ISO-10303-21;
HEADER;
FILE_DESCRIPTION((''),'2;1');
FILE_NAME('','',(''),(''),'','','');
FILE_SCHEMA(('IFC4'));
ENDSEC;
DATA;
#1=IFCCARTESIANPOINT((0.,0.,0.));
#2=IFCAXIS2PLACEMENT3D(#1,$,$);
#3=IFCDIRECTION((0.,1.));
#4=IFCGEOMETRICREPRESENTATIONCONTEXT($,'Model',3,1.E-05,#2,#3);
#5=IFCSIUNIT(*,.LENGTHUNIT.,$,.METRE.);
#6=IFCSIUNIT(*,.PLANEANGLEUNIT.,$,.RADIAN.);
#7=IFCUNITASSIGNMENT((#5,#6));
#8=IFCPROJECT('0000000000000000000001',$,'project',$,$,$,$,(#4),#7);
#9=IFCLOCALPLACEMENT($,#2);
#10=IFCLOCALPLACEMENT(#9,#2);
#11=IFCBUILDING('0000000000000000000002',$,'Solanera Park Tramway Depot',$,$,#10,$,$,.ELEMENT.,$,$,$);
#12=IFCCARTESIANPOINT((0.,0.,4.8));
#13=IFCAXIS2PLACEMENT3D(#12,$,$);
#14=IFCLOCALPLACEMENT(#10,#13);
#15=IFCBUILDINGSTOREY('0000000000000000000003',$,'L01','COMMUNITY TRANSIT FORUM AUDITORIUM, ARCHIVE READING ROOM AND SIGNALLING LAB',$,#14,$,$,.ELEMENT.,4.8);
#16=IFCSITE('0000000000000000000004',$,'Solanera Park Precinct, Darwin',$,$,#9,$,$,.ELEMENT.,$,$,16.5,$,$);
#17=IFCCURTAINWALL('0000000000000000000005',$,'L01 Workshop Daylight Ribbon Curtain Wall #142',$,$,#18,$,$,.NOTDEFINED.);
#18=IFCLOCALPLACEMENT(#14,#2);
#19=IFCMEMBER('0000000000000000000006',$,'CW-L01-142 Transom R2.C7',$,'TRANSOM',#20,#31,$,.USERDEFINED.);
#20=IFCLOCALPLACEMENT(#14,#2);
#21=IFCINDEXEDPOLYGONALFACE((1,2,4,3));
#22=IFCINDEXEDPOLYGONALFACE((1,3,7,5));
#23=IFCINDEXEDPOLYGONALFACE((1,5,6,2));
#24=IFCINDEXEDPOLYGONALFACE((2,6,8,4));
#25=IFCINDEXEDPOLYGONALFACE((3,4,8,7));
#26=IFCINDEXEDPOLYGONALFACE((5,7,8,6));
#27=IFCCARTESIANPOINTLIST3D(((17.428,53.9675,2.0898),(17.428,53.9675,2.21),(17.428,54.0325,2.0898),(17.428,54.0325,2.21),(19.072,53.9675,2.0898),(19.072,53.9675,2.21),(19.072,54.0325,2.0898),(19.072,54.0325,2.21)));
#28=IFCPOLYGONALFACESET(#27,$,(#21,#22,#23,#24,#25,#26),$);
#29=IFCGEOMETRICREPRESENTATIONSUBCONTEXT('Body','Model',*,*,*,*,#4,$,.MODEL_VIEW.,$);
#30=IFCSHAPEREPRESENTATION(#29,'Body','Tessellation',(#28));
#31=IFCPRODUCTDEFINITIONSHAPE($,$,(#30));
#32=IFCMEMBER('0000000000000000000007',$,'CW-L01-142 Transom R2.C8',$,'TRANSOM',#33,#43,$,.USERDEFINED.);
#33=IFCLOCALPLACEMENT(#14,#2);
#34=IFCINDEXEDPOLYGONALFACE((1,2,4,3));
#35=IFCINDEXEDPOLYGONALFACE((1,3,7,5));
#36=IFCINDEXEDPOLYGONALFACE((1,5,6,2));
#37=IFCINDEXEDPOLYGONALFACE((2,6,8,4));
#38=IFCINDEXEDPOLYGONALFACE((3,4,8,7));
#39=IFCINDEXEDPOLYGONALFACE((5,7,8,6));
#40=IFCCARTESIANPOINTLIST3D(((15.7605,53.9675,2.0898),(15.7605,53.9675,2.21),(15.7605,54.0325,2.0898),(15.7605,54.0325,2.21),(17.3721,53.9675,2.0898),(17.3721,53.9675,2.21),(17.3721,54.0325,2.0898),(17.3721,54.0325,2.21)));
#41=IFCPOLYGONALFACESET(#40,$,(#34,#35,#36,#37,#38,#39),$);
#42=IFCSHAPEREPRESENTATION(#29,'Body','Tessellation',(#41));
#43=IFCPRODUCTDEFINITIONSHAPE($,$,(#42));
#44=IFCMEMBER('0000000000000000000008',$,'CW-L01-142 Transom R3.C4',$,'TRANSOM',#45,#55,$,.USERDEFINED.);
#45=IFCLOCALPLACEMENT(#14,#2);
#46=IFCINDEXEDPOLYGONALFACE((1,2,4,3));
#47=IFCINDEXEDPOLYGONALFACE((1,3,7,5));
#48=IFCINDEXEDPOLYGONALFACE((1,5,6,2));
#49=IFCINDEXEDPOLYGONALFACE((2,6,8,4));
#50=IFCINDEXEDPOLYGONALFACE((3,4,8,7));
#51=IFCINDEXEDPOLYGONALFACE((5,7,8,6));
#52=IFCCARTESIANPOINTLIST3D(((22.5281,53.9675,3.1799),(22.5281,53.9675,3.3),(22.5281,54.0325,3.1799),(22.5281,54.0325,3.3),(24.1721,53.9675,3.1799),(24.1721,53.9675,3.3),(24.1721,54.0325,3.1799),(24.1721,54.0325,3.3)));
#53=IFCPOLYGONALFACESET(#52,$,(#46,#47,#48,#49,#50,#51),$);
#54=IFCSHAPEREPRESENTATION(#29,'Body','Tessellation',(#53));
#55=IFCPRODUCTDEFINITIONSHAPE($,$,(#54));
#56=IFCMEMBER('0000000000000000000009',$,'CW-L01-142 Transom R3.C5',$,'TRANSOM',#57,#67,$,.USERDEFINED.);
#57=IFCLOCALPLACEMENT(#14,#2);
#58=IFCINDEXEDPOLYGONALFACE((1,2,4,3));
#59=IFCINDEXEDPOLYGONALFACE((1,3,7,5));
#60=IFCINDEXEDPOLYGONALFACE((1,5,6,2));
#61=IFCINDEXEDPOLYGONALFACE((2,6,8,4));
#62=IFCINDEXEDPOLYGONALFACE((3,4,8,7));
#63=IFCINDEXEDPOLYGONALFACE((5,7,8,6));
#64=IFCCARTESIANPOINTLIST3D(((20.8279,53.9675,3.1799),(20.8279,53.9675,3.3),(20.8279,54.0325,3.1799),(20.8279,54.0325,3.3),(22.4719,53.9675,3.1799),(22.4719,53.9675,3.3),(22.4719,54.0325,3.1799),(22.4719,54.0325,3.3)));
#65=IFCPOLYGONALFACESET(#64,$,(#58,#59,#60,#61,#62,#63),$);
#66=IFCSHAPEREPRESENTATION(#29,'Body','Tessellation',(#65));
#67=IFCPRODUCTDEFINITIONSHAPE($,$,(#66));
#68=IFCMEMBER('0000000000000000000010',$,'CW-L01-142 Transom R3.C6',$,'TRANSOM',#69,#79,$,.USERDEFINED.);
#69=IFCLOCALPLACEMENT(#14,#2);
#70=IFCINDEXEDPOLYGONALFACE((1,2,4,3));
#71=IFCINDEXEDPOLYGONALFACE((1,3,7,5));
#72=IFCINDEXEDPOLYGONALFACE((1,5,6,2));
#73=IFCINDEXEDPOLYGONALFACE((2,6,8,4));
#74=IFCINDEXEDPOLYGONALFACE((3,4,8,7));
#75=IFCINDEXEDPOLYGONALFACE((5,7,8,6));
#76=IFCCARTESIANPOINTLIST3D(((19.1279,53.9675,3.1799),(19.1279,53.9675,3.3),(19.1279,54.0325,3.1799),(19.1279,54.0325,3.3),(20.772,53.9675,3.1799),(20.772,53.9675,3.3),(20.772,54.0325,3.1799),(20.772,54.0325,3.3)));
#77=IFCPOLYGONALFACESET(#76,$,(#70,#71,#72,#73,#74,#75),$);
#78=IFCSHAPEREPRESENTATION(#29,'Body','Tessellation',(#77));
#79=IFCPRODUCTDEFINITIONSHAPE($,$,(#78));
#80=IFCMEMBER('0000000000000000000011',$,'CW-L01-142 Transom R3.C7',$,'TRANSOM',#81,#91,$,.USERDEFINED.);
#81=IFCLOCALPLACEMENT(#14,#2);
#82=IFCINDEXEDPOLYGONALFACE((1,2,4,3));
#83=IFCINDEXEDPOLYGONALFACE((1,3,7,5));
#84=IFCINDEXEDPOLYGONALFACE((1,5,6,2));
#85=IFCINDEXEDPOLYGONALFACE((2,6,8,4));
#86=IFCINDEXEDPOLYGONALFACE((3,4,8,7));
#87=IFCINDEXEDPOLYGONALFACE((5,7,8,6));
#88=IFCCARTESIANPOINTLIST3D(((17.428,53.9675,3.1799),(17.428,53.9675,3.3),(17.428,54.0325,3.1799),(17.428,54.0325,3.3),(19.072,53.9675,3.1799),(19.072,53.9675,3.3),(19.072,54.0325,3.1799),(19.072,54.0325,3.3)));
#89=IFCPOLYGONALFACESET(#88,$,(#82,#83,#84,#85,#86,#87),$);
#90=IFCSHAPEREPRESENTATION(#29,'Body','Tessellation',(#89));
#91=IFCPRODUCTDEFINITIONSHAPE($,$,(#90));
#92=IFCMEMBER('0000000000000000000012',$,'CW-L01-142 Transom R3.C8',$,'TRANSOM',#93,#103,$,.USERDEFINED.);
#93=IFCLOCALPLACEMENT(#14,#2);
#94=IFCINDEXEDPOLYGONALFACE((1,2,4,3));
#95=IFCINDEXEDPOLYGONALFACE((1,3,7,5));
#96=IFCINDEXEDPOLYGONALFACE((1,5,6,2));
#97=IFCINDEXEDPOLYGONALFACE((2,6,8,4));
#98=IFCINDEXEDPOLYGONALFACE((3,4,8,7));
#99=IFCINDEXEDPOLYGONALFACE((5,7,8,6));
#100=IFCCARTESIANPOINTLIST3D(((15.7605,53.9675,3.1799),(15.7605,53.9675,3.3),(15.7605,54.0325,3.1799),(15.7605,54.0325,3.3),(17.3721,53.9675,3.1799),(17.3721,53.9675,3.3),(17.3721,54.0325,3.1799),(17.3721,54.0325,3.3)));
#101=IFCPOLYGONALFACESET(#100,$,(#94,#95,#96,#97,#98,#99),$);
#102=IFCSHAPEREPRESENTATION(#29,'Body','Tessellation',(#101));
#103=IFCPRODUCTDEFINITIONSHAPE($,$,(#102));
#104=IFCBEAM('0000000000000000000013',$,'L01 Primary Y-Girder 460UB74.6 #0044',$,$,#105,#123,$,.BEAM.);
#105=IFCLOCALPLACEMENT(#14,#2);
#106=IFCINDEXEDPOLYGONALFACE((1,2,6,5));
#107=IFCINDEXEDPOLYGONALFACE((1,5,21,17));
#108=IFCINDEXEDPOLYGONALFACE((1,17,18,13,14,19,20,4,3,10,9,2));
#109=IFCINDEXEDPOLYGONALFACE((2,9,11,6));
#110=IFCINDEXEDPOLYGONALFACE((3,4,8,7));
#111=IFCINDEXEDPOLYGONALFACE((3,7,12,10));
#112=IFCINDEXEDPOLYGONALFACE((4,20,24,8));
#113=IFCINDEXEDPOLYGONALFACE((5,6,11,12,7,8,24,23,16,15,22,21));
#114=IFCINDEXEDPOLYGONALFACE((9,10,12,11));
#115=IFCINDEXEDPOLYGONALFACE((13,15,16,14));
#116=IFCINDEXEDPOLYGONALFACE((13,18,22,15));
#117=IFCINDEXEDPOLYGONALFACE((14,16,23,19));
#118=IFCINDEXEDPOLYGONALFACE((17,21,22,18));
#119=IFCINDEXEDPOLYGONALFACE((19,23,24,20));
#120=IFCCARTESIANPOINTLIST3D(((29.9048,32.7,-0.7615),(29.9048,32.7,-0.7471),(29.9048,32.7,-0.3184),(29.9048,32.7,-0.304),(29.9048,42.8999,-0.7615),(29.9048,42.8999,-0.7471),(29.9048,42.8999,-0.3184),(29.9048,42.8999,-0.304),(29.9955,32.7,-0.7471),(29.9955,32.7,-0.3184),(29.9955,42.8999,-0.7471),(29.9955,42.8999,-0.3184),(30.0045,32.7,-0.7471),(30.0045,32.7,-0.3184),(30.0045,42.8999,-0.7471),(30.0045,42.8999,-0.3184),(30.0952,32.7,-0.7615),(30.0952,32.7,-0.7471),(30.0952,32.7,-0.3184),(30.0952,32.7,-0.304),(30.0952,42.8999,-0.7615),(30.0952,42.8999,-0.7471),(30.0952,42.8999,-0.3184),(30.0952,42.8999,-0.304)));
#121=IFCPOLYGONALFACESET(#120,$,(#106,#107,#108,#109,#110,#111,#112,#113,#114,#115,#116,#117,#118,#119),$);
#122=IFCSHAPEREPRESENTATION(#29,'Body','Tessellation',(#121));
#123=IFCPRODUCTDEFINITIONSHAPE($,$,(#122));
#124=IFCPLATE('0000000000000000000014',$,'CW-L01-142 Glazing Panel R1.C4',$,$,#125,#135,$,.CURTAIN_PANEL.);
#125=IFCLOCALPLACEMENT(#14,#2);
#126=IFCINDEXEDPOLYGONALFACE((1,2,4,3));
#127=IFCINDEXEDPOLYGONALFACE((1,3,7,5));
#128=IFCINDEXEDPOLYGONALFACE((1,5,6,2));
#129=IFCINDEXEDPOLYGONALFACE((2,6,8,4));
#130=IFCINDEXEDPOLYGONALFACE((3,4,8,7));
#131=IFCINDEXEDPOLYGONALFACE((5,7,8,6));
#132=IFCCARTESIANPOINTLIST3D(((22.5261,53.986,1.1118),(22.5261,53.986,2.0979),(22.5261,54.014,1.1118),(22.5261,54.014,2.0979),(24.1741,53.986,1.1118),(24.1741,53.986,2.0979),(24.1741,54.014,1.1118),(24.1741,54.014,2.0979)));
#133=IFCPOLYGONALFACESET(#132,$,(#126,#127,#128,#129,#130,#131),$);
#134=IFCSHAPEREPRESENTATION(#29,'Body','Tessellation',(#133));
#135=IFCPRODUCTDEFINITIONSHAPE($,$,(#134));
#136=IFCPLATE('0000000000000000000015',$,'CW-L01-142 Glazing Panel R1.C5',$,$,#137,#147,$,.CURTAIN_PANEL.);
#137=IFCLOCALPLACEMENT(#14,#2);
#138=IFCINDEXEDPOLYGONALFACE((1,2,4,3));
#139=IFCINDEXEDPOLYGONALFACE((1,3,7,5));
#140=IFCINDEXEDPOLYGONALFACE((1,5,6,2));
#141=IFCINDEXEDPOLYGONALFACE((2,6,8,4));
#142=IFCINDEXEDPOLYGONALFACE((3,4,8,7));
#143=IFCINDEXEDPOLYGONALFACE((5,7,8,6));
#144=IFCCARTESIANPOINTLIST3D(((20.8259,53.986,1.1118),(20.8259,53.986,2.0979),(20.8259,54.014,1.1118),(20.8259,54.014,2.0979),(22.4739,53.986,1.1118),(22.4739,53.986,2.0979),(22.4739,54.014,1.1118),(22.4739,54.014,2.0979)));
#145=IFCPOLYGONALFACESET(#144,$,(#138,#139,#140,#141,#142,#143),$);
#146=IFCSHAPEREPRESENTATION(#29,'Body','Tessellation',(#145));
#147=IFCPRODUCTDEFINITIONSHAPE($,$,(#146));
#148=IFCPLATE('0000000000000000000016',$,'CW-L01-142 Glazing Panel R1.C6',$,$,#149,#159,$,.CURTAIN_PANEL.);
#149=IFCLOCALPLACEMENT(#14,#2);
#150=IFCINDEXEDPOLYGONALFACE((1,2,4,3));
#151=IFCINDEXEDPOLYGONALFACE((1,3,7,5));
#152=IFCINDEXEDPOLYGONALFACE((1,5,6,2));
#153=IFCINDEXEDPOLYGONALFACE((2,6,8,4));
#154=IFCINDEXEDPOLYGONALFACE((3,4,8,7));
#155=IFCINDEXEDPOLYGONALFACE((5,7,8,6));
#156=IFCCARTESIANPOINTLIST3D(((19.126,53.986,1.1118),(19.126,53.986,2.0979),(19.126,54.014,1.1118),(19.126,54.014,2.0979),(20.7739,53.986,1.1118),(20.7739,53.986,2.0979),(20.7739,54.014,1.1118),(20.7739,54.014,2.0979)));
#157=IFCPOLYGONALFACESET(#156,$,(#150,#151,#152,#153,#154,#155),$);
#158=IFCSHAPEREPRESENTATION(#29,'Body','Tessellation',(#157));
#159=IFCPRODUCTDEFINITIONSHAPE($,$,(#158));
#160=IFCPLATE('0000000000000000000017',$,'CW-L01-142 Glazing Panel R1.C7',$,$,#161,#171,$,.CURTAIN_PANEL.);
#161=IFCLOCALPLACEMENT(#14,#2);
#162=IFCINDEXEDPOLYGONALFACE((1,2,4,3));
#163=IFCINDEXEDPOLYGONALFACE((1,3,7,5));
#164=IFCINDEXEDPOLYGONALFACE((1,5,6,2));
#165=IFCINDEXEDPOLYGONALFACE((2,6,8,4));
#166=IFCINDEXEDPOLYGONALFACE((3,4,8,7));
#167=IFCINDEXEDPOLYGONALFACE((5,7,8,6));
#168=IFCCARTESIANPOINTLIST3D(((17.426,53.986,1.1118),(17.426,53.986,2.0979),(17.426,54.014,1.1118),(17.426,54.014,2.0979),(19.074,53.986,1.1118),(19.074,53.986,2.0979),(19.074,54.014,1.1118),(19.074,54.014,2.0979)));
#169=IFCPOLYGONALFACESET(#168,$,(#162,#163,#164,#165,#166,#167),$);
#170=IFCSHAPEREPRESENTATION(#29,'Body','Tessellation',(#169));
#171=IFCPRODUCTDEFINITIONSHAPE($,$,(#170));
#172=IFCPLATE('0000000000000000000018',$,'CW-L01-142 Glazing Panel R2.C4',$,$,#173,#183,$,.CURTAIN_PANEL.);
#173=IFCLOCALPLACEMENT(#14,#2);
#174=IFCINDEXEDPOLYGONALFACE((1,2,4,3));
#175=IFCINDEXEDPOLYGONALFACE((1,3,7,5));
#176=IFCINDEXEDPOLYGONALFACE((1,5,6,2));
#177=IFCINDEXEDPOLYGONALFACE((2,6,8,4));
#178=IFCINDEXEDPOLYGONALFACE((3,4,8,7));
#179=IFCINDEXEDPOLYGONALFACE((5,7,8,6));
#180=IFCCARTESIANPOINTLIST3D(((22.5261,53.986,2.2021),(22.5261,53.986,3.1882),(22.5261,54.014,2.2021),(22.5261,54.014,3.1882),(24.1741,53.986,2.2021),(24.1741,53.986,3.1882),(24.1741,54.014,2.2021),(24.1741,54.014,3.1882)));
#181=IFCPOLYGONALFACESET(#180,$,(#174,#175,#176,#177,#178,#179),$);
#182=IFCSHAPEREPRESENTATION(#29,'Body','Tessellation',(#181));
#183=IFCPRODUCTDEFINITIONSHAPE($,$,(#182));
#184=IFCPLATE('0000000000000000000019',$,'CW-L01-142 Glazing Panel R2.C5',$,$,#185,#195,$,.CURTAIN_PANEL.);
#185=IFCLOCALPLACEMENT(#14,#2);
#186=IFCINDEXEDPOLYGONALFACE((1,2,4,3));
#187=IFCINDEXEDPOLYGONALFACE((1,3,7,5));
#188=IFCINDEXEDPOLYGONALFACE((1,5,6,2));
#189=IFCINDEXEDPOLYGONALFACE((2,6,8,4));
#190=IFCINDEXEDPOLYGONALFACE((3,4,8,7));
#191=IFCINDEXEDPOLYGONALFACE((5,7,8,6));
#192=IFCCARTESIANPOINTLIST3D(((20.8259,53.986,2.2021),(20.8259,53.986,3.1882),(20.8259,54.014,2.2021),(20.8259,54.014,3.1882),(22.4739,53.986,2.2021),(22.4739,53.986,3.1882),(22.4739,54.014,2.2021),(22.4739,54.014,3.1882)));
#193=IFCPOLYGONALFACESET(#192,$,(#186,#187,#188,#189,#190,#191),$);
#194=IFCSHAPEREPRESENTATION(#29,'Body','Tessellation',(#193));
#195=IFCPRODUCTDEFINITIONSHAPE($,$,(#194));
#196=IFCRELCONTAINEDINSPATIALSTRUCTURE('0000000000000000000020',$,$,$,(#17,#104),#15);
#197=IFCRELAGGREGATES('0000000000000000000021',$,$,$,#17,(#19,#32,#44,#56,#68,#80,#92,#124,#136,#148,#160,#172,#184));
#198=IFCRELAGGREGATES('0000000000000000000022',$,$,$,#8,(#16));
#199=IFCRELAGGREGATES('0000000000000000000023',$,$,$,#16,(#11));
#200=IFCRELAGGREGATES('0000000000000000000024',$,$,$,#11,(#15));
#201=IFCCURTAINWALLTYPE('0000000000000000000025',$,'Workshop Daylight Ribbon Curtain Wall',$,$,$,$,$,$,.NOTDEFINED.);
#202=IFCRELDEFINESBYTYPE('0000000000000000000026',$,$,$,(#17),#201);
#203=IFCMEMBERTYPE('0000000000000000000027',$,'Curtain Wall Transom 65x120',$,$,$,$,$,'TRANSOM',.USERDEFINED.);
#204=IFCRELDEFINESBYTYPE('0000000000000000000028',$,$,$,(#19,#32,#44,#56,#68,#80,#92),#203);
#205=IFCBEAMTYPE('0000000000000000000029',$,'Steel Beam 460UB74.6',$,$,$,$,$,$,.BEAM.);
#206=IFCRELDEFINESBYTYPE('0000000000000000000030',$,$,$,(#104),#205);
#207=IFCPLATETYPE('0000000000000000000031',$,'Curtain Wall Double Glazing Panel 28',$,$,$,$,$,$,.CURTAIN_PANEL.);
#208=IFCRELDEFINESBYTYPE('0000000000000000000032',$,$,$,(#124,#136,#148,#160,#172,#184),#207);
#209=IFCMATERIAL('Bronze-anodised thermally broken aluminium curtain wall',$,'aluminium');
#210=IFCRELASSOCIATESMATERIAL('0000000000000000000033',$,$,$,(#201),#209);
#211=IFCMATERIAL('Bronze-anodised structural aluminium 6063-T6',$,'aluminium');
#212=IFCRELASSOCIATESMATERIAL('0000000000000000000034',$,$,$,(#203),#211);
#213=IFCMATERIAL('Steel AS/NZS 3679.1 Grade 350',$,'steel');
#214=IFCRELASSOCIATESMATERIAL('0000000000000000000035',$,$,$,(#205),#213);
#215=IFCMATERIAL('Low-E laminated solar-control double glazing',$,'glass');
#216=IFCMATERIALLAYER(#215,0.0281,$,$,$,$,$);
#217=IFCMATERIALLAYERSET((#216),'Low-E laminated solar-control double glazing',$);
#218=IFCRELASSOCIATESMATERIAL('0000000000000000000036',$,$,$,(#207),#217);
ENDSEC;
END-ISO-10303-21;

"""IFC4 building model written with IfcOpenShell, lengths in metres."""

from ifc_helpers import new_model, si_unit, direction, frame, origin, origin_2d, place, context, subcontext, project, spatial, rectangle, i_section, extrude, material, layer, layer_set, material_profile, profile_set, type_object, element, aggregate, save


model = new_model("IFC4")

# Units and contexts
model_context = context("Model", 3, precision=1e-05, world=origin(), true_north=direction((0.0, 1.0)))
body_context = subcontext(model_context, "Body", "Model", "MODEL_VIEW")
ifc_project = project(units=[si_unit("LENGTHUNIT", "METRE"), si_unit("PLANEANGLEUNIT", "RADIAN")], contexts=[model_context])

# Site, building, storey
site_placement = place(None, origin())
site = spatial("IfcSite", under=ifc_project, at=site_placement, Name="Solanera Park Precinct, Darwin", CompositionType="ELEMENT", RefElevation=16.5)
building_placement = place(site_placement, origin())
building = spatial("IfcBuilding", under=site, at=building_placement, Name="Solanera Park Tramway Depot", CompositionType="ELEMENT")
storey_placement = place(building_placement, frame((0.0, 0.0, 4.8)))
storey = spatial("IfcBuildingStorey", under=building, at=storey_placement, Name="L01", Description="COMMUNITY TRANSIT FORUM AUDITORIUM, ARCHIVE READING ROOM AND SIGNALLING LAB", CompositionType="ELEMENT", Elevation=4.8)

# Curtain wall, members
ifc_material_1 = material(Name="Bronze-anodised thermally broken aluminium curtain wall", Category="aluminium")
curtain_wall_type = type_object("IfcCurtainWallType", Name="Workshop Daylight Ribbon Curtain Wall", PredefinedType="NOTDEFINED", material=ifc_material_1)
curtain_wall_placement = place(storey_placement, origin())
curtain_wall = element("IfcCurtainWall", 1, at=curtain_wall_placement, inside=storey, type_object=curtain_wall_type, Name="L01 Workshop Daylight Ribbon Curtain Wall #142", PredefinedType="NOTDEFINED")
ifc_material_2 = material(Name="Bronze-anodised structural aluminium 6063-T6", Category="aluminium")
ifc_material_profile_1 = material_profile(ifc_material_2, rectangle(XDim=0.0649, YDim=0.1201, at=origin_2d()), Name="Curtain Wall Transom 65x120")
ifc_profile_set_1 = profile_set([ifc_material_profile_1], Name="Bronze-anodised structural aluminium 6063-T6")
member_type_1 = type_object("IfcMemberType", Name="Curtain Wall Transom 65x120", ElementType="TRANSOM", PredefinedType="USERDEFINED", material=ifc_profile_set_1)
member_1_placement = place(storey_placement, frame((19.072, 54.0, 2.1499), z_axis=(-1.0, 0.0, 0.0), x_axis=(0.0, -1.0, 0.0)))
member_1 = element("IfcMember", 2, at=member_1_placement, type_object=member_type_1, Name="CW-L01-142 Transom R2.C7", ObjectType="TRANSOM", PredefinedType="USERDEFINED", context=body_context, shape_type="SweptSolid", body=[
    extrude(rectangle(XDim=0.0649, YDim=0.1201, at=origin_2d()), origin(), (0.0, 0.0, 1.0), 1.644),
])
member_2_placement = place(storey_placement, frame((17.3721, 54.0, 2.1499), z_axis=(-1.0, 0.0, 0.0), x_axis=(0.0, -1.0, 0.0)))
member_2 = element("IfcMember", 3, at=member_2_placement, type_object=member_type_1, Name="CW-L01-142 Transom R2.C8", ObjectType="TRANSOM", PredefinedType="USERDEFINED", context=body_context, shape_type="SweptSolid", body=[
    extrude(rectangle(XDim=0.0649, YDim=0.1201, at=origin_2d()), origin(), (0.0, 0.0, 1.0), 1.6116),
])
member_3_placement = place(storey_placement, frame((24.1721, 54.0, 3.24), z_axis=(-1.0, 0.0, 0.0), x_axis=(0.0, -1.0, 0.0)))
member_3 = element("IfcMember", 4, at=member_3_placement, type_object=member_type_1, Name="CW-L01-142 Transom R3.C4", ObjectType="TRANSOM", PredefinedType="USERDEFINED", context=body_context, shape_type="SweptSolid", body=[
    extrude(rectangle(XDim=0.0649, YDim=0.1201, at=origin_2d()), origin(), (0.0, 0.0, 1.0), 1.644),
])
member_4_placement = place(storey_placement, frame((22.4719, 54.0, 3.24), z_axis=(-1.0, 0.0, 0.0), x_axis=(0.0, -1.0, 0.0)))
member_4 = element("IfcMember", 5, at=member_4_placement, type_object=member_type_1, Name="CW-L01-142 Transom R3.C5", ObjectType="TRANSOM", PredefinedType="USERDEFINED", context=body_context, shape_type="SweptSolid", body=[
    extrude(rectangle(XDim=0.0649, YDim=0.1201, at=origin_2d()), origin(), (0.0, 0.0, 1.0), 1.644),
])
member_5_placement = place(storey_placement, frame((20.772, 54.0, 3.24), z_axis=(-1.0, 0.0, 0.0), x_axis=(0.0, -1.0, 0.0)))
member_5 = element("IfcMember", 6, at=member_5_placement, type_object=member_type_1, Name="CW-L01-142 Transom R3.C6", ObjectType="TRANSOM", PredefinedType="USERDEFINED", context=body_context, shape_type="SweptSolid", body=[
    extrude(rectangle(XDim=0.0649, YDim=0.1201, at=origin_2d()), origin(), (0.0, 0.0, 1.0), 1.644),
])
member_6_placement = place(storey_placement, frame((19.072, 54.0, 3.24), z_axis=(-1.0, 0.0, 0.0), x_axis=(0.0, -1.0, 0.0)))
member_6 = element("IfcMember", 7, at=member_6_placement, type_object=member_type_1, Name="CW-L01-142 Transom R3.C7", ObjectType="TRANSOM", PredefinedType="USERDEFINED", context=body_context, shape_type="SweptSolid", body=[
    extrude(rectangle(XDim=0.0649, YDim=0.1201, at=origin_2d()), origin(), (0.0, 0.0, 1.0), 1.644),
])
member_7_placement = place(storey_placement, frame((17.3721, 54.0, 3.24), z_axis=(-1.0, 0.0, 0.0), x_axis=(0.0, -1.0, 0.0)))
member_7 = element("IfcMember", 8, at=member_7_placement, type_object=member_type_1, Name="CW-L01-142 Transom R3.C8", ObjectType="TRANSOM", PredefinedType="USERDEFINED", context=body_context, shape_type="SweptSolid", body=[
    extrude(rectangle(XDim=0.0649, YDim=0.1201, at=origin_2d()), origin(), (0.0, 0.0, 1.0), 1.6116),
])

# Beam
ifc_material_3 = material(Name="Steel AS/NZS 3679.1 Grade 350", Category="steel")
ifc_material_profile_2 = material_profile(ifc_material_3, i_section(OverallWidth=0.1904, OverallDepth=0.4575, WebThickness=0.009, FlangeThickness=0.0144, at=origin_2d()), Name="460UB74.6")
ifc_profile_set_2 = profile_set([ifc_material_profile_2], Name="Steel AS/NZS 3679.1 Grade 350")
beam_type = type_object("IfcBeamType", Name="Steel Beam 460UB74.6", PredefinedType="BEAM", material=ifc_profile_set_2)
beam_placement = place(storey_placement, frame((30.0, 32.7, -0.5327), z_axis=(0.0, 1.0, 0.0), x_axis=(-1.0, 0.0, 0.0)))
element("IfcBeam", 9, at=beam_placement, inside=storey, type_object=beam_type, Name="L01 Primary Y-Girder 460UB74.6 #0044", PredefinedType="BEAM", context=body_context, shape_type="SweptSolid", body=[
    extrude(i_section(OverallWidth=0.1904, OverallDepth=0.4575, WebThickness=0.009, FlangeThickness=0.0144, at=origin_2d()), origin(), (0.0, 0.0, 1.0), 10.2),
])

# Plates
ifc_material_4 = material(Name="Low-E laminated solar-control double glazing", Category="glass")
ifc_layer = layer(ifc_material_4, 0.0281)
ifc_layer_set = layer_set([ifc_layer], Name="Low-E laminated solar-control double glazing")
plate_type = type_object("IfcPlateType", Name="Curtain Wall Double Glazing Panel 28", PredefinedType="CURTAIN_PANEL", material=ifc_layer_set)
plate_1_placement = place(storey_placement, frame((23.3501, 54.0, 1.1118), z_axis=(0.0, 0.0, 1.0), x_axis=(-1.0, 0.0, 0.0)))
plate_1 = element("IfcPlate", 10, at=plate_1_placement, type_object=plate_type, Name="CW-L01-142 Glazing Panel R1.C4", PredefinedType="CURTAIN_PANEL", context=body_context, shape_type="SweptSolid", body=[
    extrude(rectangle(XDim=1.6479, YDim=0.0281, at=origin_2d()), origin(), (0.0, 0.0, 1.0), 0.9861),
])
plate_2_placement = place(storey_placement, frame((21.6499, 54.0, 1.1118), z_axis=(0.0, 0.0, 1.0), x_axis=(-1.0, 0.0, 0.0)))
plate_2 = element("IfcPlate", 11, at=plate_2_placement, type_object=plate_type, Name="CW-L01-142 Glazing Panel R1.C5", PredefinedType="CURTAIN_PANEL", context=body_context, shape_type="SweptSolid", body=[
    extrude(rectangle(XDim=1.6479, YDim=0.0281, at=origin_2d()), origin(), (0.0, 0.0, 1.0), 0.9861),
])
plate_3_placement = place(storey_placement, frame((19.95, 54.0, 1.1118), z_axis=(0.0, 0.0, 1.0), x_axis=(-1.0, 0.0, 0.0)))
plate_3 = element("IfcPlate", 12, at=plate_3_placement, type_object=plate_type, Name="CW-L01-142 Glazing Panel R1.C6", PredefinedType="CURTAIN_PANEL", context=body_context, shape_type="SweptSolid", body=[
    extrude(rectangle(XDim=1.6479, YDim=0.0281, at=origin_2d()), origin(), (0.0, 0.0, 1.0), 0.9861),
])
plate_4_placement = place(storey_placement, frame((18.25, 54.0, 1.1118), z_axis=(0.0, 0.0, 1.0), x_axis=(-1.0, 0.0, 0.0)))
plate_4 = element("IfcPlate", 13, at=plate_4_placement, type_object=plate_type, Name="CW-L01-142 Glazing Panel R1.C7", PredefinedType="CURTAIN_PANEL", context=body_context, shape_type="SweptSolid", body=[
    extrude(rectangle(XDim=1.6479, YDim=0.0281, at=origin_2d()), origin(), (0.0, 0.0, 1.0), 0.9861),
])
plate_5_placement = place(storey_placement, frame((23.3501, 54.0, 2.2021), z_axis=(0.0, 0.0, 1.0), x_axis=(-1.0, 0.0, 0.0)))
plate_5 = element("IfcPlate", 14, at=plate_5_placement, type_object=plate_type, Name="CW-L01-142 Glazing Panel R2.C4", PredefinedType="CURTAIN_PANEL", context=body_context, shape_type="SweptSolid", body=[
    extrude(rectangle(XDim=1.6479, YDim=0.0281, at=origin_2d()), origin(), (0.0, 0.0, 1.0), 0.9861),
])
plate_6_placement = place(storey_placement, frame((21.6499, 54.0, 2.2021), z_axis=(0.0, 0.0, 1.0), x_axis=(-1.0, 0.0, 0.0)))
plate_6 = element("IfcPlate", 15, at=plate_6_placement, type_object=plate_type, Name="CW-L01-142 Glazing Panel R2.C5", PredefinedType="CURTAIN_PANEL", context=body_context, shape_type="SweptSolid", body=[
    extrude(rectangle(XDim=1.6479, YDim=0.0281, at=origin_2d()), origin(), (0.0, 0.0, 1.0), 0.9861),
])
aggregate(curtain_wall, [member_1, member_2, member_3, member_4, member_5, member_6, member_7, plate_1, plate_2, plate_3, plate_4, plate_5, plate_6])

save(model, "model.ifc")
